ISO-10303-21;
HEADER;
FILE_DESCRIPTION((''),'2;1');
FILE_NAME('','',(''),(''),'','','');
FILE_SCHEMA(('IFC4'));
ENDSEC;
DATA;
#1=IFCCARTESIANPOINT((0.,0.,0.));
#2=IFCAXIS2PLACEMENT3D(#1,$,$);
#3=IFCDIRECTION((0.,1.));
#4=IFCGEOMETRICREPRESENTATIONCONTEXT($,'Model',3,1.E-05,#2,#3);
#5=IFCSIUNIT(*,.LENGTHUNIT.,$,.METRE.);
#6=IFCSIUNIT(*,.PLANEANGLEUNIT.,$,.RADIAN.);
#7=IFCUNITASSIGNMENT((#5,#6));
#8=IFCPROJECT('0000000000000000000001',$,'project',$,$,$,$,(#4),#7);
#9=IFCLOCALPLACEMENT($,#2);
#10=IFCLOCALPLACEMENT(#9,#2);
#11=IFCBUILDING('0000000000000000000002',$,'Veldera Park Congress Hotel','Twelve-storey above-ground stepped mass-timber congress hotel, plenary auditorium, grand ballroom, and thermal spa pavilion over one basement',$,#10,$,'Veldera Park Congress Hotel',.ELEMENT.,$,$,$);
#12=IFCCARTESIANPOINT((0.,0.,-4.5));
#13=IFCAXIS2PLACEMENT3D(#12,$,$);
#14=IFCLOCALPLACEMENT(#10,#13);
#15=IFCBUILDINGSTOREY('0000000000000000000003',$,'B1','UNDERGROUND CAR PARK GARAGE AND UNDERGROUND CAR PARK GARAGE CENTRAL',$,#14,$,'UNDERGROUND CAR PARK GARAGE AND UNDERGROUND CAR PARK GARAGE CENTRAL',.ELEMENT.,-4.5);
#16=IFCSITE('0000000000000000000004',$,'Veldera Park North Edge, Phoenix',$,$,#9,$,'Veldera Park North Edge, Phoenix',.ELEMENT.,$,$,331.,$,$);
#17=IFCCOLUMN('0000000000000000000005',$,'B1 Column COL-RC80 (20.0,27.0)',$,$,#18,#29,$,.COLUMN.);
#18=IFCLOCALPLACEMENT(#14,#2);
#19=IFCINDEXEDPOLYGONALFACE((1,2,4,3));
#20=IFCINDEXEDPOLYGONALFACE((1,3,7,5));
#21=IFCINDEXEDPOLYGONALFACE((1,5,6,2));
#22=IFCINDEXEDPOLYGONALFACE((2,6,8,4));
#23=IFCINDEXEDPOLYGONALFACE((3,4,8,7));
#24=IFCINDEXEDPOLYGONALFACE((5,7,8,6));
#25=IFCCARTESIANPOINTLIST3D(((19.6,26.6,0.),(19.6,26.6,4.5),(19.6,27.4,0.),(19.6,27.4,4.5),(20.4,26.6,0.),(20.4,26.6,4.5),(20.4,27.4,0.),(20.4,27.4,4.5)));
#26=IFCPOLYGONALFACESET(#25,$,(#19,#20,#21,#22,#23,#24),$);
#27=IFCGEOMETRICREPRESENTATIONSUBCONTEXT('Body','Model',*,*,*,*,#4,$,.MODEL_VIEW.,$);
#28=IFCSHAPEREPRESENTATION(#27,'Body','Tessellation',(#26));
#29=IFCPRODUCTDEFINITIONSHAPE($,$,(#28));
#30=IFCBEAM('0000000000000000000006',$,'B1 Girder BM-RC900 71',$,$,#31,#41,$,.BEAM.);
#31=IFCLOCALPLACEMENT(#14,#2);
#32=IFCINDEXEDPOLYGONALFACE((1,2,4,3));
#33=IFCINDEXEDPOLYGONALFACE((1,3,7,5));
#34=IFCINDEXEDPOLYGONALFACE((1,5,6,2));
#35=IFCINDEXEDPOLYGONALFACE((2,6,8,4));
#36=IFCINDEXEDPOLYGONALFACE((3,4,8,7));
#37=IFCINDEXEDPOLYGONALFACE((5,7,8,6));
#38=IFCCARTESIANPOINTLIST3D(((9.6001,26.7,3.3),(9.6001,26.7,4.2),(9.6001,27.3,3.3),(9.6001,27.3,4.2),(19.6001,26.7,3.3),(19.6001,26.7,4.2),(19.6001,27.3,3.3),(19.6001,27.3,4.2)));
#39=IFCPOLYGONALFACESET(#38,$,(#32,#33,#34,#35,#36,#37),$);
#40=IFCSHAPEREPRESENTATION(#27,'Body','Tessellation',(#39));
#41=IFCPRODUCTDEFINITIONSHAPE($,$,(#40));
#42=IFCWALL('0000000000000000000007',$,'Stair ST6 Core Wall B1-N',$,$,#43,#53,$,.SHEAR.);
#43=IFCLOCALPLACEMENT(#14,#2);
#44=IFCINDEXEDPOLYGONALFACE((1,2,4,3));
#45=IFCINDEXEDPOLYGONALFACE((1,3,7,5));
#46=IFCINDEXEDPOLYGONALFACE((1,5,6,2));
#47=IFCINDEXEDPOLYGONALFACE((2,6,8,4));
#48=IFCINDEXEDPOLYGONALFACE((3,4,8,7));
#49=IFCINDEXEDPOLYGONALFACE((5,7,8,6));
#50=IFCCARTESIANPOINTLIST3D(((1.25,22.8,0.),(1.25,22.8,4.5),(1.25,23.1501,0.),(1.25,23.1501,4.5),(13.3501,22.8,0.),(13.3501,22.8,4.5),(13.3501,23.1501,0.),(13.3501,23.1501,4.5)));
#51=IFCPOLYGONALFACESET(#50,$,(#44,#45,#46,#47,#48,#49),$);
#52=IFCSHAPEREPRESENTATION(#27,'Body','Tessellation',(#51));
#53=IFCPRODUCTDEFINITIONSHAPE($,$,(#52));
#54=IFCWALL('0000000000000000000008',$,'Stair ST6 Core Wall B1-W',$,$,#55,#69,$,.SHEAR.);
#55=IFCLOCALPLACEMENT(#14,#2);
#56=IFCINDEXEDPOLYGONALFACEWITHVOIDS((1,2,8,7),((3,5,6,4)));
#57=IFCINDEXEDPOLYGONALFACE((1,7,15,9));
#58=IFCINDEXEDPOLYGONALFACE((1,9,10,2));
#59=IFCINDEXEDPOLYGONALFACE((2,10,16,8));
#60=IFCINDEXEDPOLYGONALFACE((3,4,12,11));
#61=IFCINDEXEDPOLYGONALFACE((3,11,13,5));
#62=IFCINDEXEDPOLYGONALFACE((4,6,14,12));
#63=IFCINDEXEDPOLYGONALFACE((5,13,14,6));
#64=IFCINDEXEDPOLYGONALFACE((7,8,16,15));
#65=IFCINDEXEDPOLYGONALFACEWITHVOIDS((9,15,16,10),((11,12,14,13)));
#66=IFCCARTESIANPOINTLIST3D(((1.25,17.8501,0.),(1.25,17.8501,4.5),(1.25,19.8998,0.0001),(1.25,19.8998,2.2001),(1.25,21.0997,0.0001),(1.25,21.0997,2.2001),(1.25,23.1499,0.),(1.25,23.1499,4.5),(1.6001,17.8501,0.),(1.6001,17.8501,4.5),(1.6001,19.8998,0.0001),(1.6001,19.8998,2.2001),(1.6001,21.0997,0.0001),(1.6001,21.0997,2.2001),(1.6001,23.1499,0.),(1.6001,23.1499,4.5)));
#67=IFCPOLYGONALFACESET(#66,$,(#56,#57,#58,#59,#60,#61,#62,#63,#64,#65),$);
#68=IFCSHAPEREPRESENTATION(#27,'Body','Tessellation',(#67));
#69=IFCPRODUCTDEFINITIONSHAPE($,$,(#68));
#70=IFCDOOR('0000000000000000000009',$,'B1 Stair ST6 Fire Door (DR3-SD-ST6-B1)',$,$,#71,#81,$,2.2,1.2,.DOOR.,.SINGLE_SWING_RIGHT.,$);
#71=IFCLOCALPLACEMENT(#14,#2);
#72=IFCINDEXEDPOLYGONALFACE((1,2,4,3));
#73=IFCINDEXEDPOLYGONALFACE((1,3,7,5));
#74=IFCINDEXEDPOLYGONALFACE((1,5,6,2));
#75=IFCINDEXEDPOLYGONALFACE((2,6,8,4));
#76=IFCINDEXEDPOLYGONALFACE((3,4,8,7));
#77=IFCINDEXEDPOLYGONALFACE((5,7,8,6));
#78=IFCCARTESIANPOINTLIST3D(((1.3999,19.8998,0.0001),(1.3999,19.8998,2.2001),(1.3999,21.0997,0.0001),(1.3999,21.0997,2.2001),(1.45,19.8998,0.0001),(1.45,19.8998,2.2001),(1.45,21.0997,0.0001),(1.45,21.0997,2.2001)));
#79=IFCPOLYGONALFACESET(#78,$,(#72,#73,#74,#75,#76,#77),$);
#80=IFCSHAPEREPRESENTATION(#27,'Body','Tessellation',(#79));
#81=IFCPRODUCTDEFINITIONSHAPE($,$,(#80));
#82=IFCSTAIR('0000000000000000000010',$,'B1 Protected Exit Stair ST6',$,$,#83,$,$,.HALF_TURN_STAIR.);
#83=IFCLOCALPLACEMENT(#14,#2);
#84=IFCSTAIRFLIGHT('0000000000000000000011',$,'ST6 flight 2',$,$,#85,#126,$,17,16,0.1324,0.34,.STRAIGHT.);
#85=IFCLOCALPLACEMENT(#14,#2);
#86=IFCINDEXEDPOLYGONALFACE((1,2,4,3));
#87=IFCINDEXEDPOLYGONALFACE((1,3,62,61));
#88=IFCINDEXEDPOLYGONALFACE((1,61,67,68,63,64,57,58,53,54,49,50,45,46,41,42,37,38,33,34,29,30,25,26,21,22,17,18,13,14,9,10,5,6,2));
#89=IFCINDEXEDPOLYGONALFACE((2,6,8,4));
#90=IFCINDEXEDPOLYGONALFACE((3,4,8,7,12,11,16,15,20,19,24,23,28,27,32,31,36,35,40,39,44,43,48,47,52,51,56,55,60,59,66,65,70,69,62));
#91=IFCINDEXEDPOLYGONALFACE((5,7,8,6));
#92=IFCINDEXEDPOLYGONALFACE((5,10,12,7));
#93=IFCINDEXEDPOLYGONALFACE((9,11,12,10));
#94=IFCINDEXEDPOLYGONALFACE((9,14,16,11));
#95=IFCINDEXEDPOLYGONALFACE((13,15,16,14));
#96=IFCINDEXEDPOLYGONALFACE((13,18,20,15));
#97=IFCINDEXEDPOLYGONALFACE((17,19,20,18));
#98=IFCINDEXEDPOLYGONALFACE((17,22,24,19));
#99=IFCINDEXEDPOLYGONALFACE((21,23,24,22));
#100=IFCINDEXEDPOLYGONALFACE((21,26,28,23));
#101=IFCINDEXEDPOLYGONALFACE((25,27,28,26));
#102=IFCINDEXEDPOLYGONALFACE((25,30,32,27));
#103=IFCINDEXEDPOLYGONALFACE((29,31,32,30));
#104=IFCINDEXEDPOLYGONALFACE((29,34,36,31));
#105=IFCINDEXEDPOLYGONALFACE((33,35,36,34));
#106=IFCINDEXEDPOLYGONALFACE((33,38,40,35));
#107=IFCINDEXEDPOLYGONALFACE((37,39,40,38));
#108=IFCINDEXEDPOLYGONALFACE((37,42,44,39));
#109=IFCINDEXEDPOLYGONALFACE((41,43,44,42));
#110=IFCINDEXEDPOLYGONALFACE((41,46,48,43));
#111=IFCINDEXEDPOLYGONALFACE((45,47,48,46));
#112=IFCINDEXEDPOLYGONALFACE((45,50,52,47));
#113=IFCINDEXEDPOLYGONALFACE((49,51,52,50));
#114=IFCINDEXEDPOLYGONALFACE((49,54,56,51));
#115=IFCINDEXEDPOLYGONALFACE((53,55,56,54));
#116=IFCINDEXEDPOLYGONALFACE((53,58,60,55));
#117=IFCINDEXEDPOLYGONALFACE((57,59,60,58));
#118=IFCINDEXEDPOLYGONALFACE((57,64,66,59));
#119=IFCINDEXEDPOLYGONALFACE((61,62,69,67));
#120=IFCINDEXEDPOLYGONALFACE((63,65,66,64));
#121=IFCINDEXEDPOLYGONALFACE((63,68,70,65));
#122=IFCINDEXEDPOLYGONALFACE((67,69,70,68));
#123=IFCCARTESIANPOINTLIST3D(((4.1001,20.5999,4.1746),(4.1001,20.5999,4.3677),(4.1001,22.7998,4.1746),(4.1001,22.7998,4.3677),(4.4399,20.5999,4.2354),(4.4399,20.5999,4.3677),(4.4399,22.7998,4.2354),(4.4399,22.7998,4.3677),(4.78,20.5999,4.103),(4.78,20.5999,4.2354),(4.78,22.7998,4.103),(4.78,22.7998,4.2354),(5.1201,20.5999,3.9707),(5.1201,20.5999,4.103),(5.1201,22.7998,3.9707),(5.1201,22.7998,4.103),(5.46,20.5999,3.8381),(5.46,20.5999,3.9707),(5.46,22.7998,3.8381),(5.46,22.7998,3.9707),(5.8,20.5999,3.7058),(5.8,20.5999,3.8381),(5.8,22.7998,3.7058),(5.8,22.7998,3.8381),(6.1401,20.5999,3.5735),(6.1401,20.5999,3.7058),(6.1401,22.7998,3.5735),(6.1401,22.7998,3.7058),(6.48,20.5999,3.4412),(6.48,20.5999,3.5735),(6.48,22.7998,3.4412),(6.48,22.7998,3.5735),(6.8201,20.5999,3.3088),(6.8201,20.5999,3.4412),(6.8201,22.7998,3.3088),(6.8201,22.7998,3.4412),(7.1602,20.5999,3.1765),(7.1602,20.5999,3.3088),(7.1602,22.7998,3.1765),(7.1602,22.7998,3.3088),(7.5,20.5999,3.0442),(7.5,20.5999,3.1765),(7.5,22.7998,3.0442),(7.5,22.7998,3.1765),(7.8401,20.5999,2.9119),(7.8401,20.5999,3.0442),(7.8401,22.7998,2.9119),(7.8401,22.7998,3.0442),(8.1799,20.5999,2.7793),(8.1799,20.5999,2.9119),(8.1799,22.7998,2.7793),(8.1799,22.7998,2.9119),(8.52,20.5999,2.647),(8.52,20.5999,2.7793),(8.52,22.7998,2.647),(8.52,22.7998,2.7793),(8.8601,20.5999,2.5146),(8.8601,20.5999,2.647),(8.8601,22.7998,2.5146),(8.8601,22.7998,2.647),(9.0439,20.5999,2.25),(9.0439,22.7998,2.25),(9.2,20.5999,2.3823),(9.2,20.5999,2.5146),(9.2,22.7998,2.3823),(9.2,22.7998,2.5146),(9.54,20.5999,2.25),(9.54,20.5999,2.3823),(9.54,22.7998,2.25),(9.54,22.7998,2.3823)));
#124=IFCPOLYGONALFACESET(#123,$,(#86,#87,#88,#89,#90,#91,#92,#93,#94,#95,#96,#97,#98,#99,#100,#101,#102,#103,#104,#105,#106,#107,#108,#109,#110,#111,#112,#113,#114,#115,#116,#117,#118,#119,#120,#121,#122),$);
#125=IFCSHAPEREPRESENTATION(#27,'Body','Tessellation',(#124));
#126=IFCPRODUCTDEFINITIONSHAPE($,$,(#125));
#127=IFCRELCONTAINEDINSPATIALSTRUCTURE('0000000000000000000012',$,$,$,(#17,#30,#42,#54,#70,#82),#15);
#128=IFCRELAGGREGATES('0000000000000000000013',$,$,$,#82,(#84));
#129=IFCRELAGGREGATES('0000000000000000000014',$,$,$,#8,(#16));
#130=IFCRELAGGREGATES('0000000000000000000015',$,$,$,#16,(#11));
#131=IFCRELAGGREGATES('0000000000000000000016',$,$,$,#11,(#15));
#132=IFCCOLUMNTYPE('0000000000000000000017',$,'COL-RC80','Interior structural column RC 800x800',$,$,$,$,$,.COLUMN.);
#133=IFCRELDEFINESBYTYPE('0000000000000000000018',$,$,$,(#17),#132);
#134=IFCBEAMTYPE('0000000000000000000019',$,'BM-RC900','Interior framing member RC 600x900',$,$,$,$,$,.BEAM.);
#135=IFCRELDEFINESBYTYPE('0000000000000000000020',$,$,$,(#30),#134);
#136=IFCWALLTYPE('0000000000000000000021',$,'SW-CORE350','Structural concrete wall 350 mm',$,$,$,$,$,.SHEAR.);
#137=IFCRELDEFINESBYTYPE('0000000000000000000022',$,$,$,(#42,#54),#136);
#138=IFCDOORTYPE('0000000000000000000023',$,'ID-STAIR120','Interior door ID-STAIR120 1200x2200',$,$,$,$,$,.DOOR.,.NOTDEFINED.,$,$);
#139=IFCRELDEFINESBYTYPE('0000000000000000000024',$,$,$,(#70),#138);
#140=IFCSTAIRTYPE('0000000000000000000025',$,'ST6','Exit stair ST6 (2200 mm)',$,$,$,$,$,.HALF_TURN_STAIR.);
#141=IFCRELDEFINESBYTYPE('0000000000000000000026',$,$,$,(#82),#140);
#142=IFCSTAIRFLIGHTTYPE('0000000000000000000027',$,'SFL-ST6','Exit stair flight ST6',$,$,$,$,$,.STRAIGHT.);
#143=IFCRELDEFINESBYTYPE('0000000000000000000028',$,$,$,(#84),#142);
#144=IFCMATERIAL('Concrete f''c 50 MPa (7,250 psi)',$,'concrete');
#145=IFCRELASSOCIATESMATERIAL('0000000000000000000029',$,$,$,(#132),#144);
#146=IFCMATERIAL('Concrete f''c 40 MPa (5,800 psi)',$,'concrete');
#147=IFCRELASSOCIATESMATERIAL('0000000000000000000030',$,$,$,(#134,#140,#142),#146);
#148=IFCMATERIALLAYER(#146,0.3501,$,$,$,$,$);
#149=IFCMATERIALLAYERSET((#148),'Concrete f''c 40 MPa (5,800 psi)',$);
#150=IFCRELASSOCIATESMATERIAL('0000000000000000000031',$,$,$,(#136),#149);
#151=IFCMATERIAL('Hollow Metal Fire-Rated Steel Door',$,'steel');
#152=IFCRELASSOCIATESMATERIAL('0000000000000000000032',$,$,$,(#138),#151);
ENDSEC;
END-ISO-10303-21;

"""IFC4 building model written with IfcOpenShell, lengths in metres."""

from ifc_helpers import new_model, si_unit, direction, frame, frame_2d, origin, origin_2d, place, context, subcontext, project, spatial, polyline, rectangle, outline, extrude, material, layer, layer_set, material_profile, profile_set, type_object, element, fill, aggregate, save


model = new_model("IFC4")

# Units and contexts
model_context = context("Model", 3, precision=1e-05, world=origin(), true_north=direction((0.0, 1.0)))
body_context = subcontext(model_context, "Body", "Model", "MODEL_VIEW")
ifc_project = project(units=[si_unit("LENGTHUNIT", "METRE"), si_unit("PLANEANGLEUNIT", "RADIAN")], contexts=[model_context])

# Site, building, storey
site_placement = place(None, origin())
site = spatial("IfcSite", under=ifc_project, at=site_placement, Name="Veldera Park North Edge, Phoenix", LongName="Veldera Park North Edge, Phoenix", CompositionType="ELEMENT", RefElevation=331.0)
building_placement = place(site_placement, origin())
building = spatial("IfcBuilding", under=site, at=building_placement, Name="Veldera Park Congress Hotel", Description="Twelve-storey above-ground stepped mass-timber congress hotel, plenary auditorium, grand ballroom, and thermal spa pavilion over one basement", LongName="Veldera Park Congress Hotel", CompositionType="ELEMENT")
storey_placement = place(building_placement, frame((0.0, 0.0, -4.5)))
storey = spatial("IfcBuildingStorey", under=building, at=storey_placement, Name="B1", Description="UNDERGROUND CAR PARK GARAGE AND UNDERGROUND CAR PARK GARAGE CENTRAL", LongName="UNDERGROUND CAR PARK GARAGE AND UNDERGROUND CAR PARK GARAGE CENTRAL", CompositionType="ELEMENT", Elevation=-4.5)

# Shared definitions
ifc_material_1 = material(Name="Concrete f'c 40 MPa (5,800 psi)", Category="concrete")

# Column
ifc_material_2 = material(Name="Concrete f'c 50 MPa (7,250 psi)", Category="concrete")
ifc_material_profile_1 = material_profile(ifc_material_2, rectangle(XDim=0.8, YDim=0.8, at=origin_2d()), Name="RC 800x800")
ifc_profile_set_1 = profile_set([ifc_material_profile_1], Name="Concrete f'c 50 MPa (7,250 psi)")
column_type = type_object("IfcColumnType", Name="COL-RC80", Description="Interior structural column RC 800x800", PredefinedType="COLUMN", material=ifc_profile_set_1)
for number, where, z_axis, x_axis, name in (
    (1, (20.0, 27.0, 0.0), (0.0, 0.0, 1.0), (1.0, 0.0, 0.0), "B1 Column COL-RC80 (20.0,27.0)"),
):
    element("IfcColumn", number, at=place(storey_placement, frame(where, z_axis=z_axis, x_axis=x_axis)), inside=storey, type_object=column_type, Name=name, PredefinedType="COLUMN", context=body_context, shape_type="SweptSolid", body=[
        extrude(rectangle(XDim=0.8, YDim=0.8, at=origin_2d()), origin(), (0.0, 0.0, 1.0), 4.5),
    ])

# Beam
ifc_material_profile_2 = material_profile(ifc_material_1, rectangle(XDim=0.6001, YDim=0.8999, at=origin_2d()), Name="RC 600x900")
ifc_profile_set_2 = profile_set([ifc_material_profile_2], Name="Concrete f'c 40 MPa (5,800 psi)")
beam_type = type_object("IfcBeamType", Name="BM-RC900", Description="Interior framing member RC 600x900", PredefinedType="BEAM", material=ifc_profile_set_2)
beam_placement = place(storey_placement, frame((9.6001, 27.0, 3.75), z_axis=(1.0, 0.0, 0.0), x_axis=(0.0, 1.0, 0.0)))
element("IfcBeam", 2, at=beam_placement, inside=storey, type_object=beam_type, Name="B1 Girder BM-RC900 71", PredefinedType="BEAM", context=body_context, shape_type="SweptSolid", body=[
    extrude(rectangle(XDim=0.6001, YDim=0.8999, at=origin_2d()), origin(), (0.0, 0.0, 1.0), 10.0),
])

# Wall
ifc_layer = layer(ifc_material_1, 0.3501)
ifc_layer_set = layer_set([ifc_layer], Name="Concrete f'c 40 MPa (5,800 psi)")
wall_type = type_object("IfcWallType", Name="SW-CORE350", Description="Structural concrete wall 350 mm", PredefinedType="SHEAR", material=ifc_layer_set)
wall_1_placement = place(storey_placement, frame((13.3501, 22.9751, 0.0), z_axis=(0.0, 0.0, 1.0), x_axis=(-1.0, 0.0, 0.0)))
element("IfcWall", 3, at=wall_1_placement, inside=storey, type_object=wall_type, Name="Stair ST6 Core Wall B1-N", PredefinedType="SHEAR", context=body_context, shape_type="SweptSolid", body=[
    extrude(rectangle(XDim=12.1001, YDim=0.3501, at=frame_2d((6.05, 0.0))), origin(), (0.0, 0.0, 1.0), 4.5),
])

# Wall, opening, door
wall_2_placement = place(storey_placement, frame((1.425, 23.1499, 0.0), z_axis=(0.0, 0.0, 1.0), x_axis=(0.0, -1.0, 0.0)))
wall_2 = element("IfcWall", 4, at=wall_2_placement, inside=storey, type_object=wall_type, Name="Stair ST6 Core Wall B1-W", PredefinedType="SHEAR", context=body_context, shape_type="SweptSolid", body=[
    extrude(rectangle(XDim=5.2998, YDim=0.3501, at=frame_2d((2.6499, 0.0))), origin(), (0.0, 0.0, 1.0), 4.5),
])
opening_placement = place(wall_2_placement, frame((2.05, 0.0, 0.0)))
opening = element("IfcOpeningElement", 5, at=opening_placement, cuts=wall_2, PredefinedType="OPENING", context=body_context, shape_type="SweptSolid", body=[
    extrude(rectangle(XDim=1.2, YDim=2.2, at=frame_2d((0.6001, 1.1001))), frame((0.0, 0.187, 0.0), z_axis=(0.0, -1.0, 0.0), x_axis=(1.0, 0.0, 0.0)), (0.0, 0.0, 1.0), 0.374),
])
ifc_material_3 = material(Name="Hollow Metal Fire-Rated Steel Door", Category="steel")
door_type = type_object("IfcDoorType", Name="ID-STAIR120", Description="Interior door ID-STAIR120 1200x2200", OperationType="NOTDEFINED", PredefinedType="DOOR", material=ifc_material_3)
door_placement = place(opening_placement, origin())
door = element("IfcDoor", 6, at=door_placement, inside=storey, type_object=door_type, Name="B1 Stair ST6 Fire Door (DR3-SD-ST6-B1)", OperationType="SINGLE_SWING_RIGHT", OverallHeight=2.2, OverallWidth=1.2, PredefinedType="DOOR", context=body_context, shape_type="SweptSolid", body=[
    extrude(rectangle(XDim=1.2, YDim=2.2, at=frame_2d((0.6001, 1.1001))), frame((0.0, 0.0249, 0.0), z_axis=(0.0, -1.0, 0.0), x_axis=(1.0, 0.0, 0.0)), (0.0, 0.0, 1.0), 0.05),
])
fill(opening, door)

# Stair, stair flight
stair_type = type_object("IfcStairType", Name="ST6", Description="Exit stair ST6 (2200 mm)", PredefinedType="HALF_TURN_STAIR", material=ifc_material_1)
stair_placement = place(storey_placement, origin())
stair = element("IfcStair", 7, at=stair_placement, inside=storey, type_object=stair_type, Name="B1 Protected Exit Stair ST6", PredefinedType="HALF_TURN_STAIR")
stair_flight_type = type_object("IfcStairFlightType", Name="SFL-ST6", Description="Exit stair flight ST6", PredefinedType="STRAIGHT", material=ifc_material_1)
stair_flight_placement = place(storey_placement, frame((9.54, 21.7, 2.25), z_axis=(0.0, 0.0, 1.0), x_axis=(-1.0, 0.0, 0.0)))
stair_flight = element("IfcStairFlight", 8, at=stair_flight_placement, type_object=stair_flight_type, Name="ST6 flight 2", NumberOfRisers=17, NumberOfTreads=16, PredefinedType="STRAIGHT", RiserHeight=0.1324, TreadLength=0.34, context=body_context, shape_type="SweptSolid", body=[
    extrude(outline(polyline([(0.0, 0.0), (0.0, 0.1323), (0.3401, 0.1323), (0.3401, 0.2646), (0.6799, 0.2646), (0.6799, 0.397), (1.02, 0.397), (1.02, 0.5293), (1.3601, 0.5293), (1.3601, 0.6619), (1.7, 0.6619), (1.7, 0.7942), (2.04, 0.7942), (2.04, 0.9265), (2.3799, 0.9265), (2.3799, 1.0588), (2.72, 1.0588), (2.72, 1.1912), (3.0601, 1.1912), (3.0601, 1.3235), (3.3999, 1.3235), (3.3999, 1.4558), (3.74, 1.4558), (3.74, 1.5881), (4.0801, 1.5881), (4.0801, 1.7207), (4.4199, 1.7207), (4.4199, 1.853), (4.76, 1.853), (4.76, 1.9854), (5.1001, 1.9854), (5.1001, 2.1177), (5.4399, 2.1177), (5.4399, 2.25), (5.4399, 2.25), (5.4399, 1.9246), (0.4961, 0.0), (0.0, 0.0)])), frame((0.0, 1.1001, 0.0), z_axis=(0.0, -1.0, 0.0), x_axis=(1.0, 0.0, 0.0)), (0.0, 0.0, 1.0), 2.2),
])
aggregate(stair, [stair_flight])

save(model, "model.ifc")
